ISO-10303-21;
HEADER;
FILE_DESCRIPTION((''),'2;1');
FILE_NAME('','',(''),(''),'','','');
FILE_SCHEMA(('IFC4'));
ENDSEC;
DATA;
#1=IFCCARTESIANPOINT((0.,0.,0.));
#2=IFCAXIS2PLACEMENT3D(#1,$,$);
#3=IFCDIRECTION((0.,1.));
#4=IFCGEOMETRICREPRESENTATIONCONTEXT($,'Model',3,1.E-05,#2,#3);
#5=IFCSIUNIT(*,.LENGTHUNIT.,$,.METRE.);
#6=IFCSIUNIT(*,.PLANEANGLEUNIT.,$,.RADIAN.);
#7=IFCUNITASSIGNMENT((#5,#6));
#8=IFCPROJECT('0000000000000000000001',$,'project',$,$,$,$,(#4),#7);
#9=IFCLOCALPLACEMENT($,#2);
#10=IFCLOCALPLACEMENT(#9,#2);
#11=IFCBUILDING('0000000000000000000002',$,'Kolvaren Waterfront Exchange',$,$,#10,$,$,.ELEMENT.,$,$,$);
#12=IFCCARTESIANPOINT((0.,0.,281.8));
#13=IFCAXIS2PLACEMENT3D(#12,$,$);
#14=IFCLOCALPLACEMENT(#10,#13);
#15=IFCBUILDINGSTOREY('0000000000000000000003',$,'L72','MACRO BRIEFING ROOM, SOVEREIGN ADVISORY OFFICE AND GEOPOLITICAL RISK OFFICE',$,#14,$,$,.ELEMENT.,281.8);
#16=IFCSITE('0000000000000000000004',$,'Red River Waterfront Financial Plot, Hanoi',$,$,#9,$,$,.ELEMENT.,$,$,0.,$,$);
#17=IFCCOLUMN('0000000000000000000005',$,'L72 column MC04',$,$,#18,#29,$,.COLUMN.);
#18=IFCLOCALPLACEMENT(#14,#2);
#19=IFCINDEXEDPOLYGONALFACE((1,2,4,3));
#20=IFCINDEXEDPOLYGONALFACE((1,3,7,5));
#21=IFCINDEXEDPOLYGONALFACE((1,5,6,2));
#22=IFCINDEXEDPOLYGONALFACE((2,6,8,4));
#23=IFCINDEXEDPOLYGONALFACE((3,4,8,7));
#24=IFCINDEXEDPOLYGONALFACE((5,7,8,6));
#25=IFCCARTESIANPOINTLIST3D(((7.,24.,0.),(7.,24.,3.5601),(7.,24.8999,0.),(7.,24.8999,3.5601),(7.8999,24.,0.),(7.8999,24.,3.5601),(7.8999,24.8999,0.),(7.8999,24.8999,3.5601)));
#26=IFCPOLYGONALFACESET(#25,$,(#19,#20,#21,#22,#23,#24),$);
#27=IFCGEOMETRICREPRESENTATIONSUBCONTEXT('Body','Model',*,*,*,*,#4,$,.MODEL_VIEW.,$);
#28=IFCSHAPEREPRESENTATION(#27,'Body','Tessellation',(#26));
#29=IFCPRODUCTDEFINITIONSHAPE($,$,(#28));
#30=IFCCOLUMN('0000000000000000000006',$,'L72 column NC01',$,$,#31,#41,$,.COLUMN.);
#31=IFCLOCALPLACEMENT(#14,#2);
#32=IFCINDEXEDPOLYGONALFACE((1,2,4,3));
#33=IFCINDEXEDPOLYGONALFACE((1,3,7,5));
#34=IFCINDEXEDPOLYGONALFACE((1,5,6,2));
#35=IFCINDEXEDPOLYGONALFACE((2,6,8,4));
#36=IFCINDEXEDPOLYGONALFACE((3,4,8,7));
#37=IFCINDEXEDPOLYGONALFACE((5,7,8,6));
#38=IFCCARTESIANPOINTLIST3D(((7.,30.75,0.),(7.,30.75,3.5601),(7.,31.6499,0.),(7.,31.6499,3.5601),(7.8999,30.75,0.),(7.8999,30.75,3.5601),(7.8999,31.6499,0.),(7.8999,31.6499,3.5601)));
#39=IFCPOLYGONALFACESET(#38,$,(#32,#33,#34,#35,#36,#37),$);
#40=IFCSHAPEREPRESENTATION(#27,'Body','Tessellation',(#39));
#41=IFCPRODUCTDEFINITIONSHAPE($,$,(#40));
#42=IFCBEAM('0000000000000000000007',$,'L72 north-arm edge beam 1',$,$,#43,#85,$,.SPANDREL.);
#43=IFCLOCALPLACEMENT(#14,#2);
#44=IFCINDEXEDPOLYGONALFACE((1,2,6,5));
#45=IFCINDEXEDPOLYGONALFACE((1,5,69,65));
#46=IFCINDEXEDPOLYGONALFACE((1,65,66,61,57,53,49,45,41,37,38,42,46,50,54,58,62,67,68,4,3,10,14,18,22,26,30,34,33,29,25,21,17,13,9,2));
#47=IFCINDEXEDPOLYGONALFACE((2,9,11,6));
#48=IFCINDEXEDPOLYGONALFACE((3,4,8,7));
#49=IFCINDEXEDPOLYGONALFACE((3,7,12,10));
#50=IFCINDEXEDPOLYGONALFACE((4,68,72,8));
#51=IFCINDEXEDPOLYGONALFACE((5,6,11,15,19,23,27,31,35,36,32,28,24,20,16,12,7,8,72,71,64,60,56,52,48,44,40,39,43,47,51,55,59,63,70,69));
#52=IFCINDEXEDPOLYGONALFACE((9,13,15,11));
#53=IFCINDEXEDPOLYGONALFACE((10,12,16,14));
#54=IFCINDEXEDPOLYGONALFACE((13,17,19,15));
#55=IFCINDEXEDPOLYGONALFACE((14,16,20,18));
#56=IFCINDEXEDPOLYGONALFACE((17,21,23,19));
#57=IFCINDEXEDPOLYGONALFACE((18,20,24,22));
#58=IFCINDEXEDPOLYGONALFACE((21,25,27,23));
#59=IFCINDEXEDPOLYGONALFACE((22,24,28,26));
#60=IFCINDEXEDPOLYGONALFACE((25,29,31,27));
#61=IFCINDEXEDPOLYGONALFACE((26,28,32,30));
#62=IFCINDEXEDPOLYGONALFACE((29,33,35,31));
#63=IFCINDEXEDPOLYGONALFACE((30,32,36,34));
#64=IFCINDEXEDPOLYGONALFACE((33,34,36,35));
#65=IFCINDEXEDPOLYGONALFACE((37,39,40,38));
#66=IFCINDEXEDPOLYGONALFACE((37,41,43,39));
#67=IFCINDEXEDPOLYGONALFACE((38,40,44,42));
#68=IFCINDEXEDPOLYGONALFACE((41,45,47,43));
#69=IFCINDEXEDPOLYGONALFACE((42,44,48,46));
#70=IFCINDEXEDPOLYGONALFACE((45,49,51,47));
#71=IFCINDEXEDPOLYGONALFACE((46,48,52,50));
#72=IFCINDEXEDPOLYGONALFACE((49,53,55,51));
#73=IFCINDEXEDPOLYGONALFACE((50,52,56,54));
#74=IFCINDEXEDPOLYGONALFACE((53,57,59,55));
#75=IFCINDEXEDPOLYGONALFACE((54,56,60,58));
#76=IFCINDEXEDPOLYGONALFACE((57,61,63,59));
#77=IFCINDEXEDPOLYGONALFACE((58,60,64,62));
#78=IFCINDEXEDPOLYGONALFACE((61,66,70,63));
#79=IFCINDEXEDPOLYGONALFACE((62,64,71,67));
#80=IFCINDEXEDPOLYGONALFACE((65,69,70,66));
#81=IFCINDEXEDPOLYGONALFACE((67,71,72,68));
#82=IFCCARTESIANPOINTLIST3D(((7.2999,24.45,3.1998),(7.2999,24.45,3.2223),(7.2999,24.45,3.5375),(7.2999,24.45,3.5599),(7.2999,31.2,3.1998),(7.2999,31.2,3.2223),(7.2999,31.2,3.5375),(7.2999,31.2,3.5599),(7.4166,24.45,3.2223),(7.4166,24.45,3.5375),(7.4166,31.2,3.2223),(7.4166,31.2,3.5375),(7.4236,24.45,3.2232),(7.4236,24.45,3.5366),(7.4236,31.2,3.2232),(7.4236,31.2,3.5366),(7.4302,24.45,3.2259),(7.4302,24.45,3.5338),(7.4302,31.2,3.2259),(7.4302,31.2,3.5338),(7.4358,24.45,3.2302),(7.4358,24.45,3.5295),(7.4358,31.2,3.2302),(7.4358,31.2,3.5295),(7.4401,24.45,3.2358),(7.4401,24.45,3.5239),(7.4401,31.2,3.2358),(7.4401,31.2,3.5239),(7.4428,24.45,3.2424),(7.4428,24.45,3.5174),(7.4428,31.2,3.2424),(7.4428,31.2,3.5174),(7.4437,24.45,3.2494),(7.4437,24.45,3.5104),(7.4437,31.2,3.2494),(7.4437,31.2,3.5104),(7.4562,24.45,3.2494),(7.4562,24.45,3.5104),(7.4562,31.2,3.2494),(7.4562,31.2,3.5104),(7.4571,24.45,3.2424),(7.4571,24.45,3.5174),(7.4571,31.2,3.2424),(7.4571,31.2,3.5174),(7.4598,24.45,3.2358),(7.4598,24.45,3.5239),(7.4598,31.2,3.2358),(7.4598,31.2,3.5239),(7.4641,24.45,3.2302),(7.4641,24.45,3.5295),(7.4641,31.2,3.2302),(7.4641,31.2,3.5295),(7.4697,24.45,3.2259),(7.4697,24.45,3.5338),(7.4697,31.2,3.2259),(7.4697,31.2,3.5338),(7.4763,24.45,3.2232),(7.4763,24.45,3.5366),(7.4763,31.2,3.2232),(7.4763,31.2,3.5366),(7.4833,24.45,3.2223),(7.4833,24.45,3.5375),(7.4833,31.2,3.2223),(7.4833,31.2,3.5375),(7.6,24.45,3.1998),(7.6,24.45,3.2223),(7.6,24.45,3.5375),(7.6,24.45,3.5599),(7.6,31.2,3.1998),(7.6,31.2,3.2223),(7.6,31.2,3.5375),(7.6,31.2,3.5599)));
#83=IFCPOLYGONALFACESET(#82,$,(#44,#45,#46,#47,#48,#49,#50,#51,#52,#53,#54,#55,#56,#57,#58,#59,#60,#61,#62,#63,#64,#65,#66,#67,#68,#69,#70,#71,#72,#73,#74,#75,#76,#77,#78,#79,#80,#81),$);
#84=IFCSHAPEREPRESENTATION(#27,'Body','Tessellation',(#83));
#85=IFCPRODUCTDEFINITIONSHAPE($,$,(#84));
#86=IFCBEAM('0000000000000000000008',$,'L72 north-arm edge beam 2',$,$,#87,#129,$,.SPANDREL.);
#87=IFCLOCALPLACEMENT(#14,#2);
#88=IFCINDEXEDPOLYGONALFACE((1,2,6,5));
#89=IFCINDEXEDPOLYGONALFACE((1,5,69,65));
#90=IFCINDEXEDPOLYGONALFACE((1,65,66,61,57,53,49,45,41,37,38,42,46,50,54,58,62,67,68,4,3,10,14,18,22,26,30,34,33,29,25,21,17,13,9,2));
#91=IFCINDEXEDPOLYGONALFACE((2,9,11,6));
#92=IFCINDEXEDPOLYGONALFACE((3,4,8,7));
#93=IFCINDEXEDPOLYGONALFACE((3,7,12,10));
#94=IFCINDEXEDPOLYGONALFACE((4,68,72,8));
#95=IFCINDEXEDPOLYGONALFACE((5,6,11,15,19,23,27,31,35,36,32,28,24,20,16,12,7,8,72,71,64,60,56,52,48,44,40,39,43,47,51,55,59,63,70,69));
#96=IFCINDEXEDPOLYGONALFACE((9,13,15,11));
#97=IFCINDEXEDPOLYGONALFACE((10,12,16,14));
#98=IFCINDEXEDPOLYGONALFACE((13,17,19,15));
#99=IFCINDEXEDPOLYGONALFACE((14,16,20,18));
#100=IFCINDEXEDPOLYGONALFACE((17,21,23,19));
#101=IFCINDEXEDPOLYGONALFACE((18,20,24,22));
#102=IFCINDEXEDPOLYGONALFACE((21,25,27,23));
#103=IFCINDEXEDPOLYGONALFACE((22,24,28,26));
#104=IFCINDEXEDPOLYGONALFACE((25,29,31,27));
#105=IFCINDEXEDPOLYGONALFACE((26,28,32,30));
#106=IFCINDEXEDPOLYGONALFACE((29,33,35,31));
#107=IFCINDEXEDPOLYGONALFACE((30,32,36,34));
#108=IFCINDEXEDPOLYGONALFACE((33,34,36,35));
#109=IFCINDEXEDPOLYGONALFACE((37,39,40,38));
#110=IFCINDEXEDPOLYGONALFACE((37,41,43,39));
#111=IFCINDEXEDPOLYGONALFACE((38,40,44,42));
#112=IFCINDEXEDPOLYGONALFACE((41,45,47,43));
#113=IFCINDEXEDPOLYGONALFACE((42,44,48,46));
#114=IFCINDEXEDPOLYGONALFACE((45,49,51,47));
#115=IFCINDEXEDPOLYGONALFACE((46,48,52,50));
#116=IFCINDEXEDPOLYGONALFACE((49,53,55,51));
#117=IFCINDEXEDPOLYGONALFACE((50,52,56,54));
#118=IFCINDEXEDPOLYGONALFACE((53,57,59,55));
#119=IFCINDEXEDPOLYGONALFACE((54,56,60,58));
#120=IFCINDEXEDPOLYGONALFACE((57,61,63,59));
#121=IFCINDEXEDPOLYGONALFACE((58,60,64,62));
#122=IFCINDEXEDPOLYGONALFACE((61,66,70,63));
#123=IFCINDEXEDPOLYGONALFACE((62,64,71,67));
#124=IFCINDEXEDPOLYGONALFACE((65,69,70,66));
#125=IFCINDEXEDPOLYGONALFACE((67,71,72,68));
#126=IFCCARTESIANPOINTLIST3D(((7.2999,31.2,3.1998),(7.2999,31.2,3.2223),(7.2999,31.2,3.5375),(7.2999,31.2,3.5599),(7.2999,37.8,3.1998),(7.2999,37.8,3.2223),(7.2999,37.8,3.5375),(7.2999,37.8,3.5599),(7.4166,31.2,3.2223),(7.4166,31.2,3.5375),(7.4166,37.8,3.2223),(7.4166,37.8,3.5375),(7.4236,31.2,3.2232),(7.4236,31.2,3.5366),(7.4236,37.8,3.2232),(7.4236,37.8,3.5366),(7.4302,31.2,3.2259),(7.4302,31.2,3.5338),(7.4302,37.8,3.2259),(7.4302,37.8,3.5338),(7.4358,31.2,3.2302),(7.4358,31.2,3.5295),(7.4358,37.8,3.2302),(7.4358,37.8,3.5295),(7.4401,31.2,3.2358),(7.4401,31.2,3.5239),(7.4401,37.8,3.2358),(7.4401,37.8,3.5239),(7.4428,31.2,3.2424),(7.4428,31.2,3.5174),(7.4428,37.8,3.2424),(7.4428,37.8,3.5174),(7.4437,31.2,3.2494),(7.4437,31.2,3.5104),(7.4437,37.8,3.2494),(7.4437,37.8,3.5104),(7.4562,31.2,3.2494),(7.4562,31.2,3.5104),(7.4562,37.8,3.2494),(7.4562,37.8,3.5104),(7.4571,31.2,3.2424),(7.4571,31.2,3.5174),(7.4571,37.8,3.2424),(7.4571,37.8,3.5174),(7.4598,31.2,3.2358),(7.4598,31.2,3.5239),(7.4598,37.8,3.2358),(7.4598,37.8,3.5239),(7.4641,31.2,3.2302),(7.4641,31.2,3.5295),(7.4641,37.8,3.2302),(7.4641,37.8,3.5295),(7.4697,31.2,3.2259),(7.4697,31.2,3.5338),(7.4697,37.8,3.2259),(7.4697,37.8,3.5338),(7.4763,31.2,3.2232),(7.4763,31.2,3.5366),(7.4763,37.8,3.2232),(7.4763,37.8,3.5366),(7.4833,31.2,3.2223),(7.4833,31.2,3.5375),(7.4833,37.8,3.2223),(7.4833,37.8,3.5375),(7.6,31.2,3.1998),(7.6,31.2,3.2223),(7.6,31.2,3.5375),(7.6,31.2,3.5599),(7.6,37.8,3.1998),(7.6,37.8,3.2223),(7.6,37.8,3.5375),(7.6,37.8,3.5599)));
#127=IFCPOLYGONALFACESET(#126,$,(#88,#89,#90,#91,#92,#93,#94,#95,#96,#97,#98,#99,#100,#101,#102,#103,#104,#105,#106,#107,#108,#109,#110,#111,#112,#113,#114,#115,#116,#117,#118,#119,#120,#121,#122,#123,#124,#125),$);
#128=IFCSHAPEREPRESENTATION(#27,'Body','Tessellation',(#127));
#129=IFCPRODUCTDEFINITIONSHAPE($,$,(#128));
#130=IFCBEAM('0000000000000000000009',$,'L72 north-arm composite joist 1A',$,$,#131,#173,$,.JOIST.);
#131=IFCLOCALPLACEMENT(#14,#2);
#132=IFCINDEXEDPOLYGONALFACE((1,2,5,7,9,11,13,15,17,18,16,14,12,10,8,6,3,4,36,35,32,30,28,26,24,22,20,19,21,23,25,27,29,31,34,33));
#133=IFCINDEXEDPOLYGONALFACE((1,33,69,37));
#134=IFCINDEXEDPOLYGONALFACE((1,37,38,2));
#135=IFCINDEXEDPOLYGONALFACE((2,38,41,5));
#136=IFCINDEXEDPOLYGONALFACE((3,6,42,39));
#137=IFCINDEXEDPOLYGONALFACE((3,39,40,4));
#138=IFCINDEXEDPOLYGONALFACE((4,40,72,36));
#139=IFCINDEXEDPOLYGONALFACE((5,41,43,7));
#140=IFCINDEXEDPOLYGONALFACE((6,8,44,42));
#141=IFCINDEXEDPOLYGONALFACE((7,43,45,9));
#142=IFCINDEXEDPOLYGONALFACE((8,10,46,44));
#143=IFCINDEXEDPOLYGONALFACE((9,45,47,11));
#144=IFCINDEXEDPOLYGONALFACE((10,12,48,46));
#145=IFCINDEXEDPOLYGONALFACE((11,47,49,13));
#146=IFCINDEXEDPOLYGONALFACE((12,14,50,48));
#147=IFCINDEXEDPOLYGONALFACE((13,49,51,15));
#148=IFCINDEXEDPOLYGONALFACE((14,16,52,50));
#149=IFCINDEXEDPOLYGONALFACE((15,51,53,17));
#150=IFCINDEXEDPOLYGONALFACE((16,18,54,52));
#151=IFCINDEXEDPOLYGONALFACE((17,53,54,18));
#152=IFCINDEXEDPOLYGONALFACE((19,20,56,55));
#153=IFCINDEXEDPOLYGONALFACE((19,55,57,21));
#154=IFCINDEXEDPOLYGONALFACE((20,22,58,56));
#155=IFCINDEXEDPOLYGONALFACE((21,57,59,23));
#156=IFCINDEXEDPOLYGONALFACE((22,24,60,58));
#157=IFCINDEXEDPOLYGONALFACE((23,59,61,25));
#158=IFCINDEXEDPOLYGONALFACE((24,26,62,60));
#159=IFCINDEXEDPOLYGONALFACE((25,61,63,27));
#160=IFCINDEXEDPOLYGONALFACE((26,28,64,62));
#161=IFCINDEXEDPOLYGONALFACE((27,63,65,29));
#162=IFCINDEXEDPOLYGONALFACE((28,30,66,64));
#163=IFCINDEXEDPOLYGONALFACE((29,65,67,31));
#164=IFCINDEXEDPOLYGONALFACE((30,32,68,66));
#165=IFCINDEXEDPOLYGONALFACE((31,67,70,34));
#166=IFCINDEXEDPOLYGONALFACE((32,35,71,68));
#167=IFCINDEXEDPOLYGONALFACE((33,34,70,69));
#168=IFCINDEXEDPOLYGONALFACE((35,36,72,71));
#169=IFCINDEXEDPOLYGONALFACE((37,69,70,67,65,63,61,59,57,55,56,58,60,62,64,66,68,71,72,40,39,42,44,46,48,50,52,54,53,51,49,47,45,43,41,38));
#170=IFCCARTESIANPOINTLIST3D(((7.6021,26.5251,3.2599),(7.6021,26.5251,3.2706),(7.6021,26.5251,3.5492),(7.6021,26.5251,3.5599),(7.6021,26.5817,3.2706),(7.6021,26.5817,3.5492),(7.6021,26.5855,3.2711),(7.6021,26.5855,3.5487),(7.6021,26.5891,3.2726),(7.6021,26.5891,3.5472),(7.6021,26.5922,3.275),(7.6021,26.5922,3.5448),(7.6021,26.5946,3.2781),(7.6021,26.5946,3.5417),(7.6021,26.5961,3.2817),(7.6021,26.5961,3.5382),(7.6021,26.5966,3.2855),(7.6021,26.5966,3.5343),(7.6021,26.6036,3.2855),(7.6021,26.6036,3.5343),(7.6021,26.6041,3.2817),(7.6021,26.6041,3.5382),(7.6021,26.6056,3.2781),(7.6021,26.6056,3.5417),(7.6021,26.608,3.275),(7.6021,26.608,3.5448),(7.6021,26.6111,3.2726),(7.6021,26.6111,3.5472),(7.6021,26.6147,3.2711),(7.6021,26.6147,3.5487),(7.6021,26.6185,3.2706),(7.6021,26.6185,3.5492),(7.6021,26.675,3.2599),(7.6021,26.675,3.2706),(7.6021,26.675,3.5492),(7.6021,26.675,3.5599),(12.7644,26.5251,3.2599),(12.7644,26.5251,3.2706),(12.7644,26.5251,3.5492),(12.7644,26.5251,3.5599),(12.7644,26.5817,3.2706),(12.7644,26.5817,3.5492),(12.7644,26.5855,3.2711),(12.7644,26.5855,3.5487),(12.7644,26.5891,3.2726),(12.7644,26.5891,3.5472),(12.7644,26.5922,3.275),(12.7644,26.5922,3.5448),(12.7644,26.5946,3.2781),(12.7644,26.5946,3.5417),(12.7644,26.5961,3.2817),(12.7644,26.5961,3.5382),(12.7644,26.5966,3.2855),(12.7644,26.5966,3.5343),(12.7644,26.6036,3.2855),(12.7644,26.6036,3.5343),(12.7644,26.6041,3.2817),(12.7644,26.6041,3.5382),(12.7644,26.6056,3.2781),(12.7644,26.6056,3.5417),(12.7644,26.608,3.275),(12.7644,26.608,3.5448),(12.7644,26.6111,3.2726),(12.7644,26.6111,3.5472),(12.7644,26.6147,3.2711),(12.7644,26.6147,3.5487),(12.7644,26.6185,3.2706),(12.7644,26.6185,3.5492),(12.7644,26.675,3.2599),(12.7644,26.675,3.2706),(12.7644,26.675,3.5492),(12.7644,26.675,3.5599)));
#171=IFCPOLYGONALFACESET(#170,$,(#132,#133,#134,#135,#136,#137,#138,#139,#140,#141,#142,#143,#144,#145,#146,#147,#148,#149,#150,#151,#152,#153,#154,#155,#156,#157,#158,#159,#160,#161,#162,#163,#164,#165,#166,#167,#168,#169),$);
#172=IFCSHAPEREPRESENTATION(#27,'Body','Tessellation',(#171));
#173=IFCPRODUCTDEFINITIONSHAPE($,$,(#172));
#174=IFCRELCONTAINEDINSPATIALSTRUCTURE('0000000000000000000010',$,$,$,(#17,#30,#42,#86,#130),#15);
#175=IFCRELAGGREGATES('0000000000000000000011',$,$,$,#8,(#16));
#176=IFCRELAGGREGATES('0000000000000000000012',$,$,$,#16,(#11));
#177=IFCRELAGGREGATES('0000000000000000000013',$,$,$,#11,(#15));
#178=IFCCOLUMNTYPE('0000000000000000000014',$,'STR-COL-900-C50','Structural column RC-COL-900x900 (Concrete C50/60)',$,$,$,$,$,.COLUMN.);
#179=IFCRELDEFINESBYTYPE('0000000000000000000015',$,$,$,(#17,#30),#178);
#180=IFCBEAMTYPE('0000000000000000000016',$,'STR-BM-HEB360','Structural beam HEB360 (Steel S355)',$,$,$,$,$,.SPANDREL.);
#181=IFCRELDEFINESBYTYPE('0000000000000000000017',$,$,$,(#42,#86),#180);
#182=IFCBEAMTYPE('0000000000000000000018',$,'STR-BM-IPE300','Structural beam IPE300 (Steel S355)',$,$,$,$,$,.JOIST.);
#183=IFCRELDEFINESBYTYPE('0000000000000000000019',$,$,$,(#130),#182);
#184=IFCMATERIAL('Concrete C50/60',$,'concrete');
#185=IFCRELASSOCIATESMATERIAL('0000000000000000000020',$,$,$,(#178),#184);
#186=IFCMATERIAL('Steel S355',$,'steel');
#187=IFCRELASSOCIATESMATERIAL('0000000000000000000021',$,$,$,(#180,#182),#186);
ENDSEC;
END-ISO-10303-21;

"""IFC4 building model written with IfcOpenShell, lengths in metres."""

from ifc_helpers import new_model, si_unit, direction, frame, origin, origin_2d, place, context, subcontext, project, spatial, rectangle, i_section, extrude, material, material_profile, profile_set, type_object, element, save


model = new_model("IFC4")

# Units and contexts
model_context = context("Model", 3, precision=1e-05, world=origin(), true_north=direction((0.0, 1.0)))
body_context = subcontext(model_context, "Body", "Model", "MODEL_VIEW")
ifc_project = project(units=[si_unit("LENGTHUNIT", "METRE"), si_unit("PLANEANGLEUNIT", "RADIAN")], contexts=[model_context])

# Site, building, storey
site_placement = place(None, origin())
site = spatial("IfcSite", under=ifc_project, at=site_placement, Name="Red River Waterfront Financial Plot, Hanoi", CompositionType="ELEMENT", RefElevation=0.0)
building_placement = place(site_placement, origin())
building = spatial("IfcBuilding", under=site, at=building_placement, Name="Kolvaren Waterfront Exchange", CompositionType="ELEMENT")
storey_placement = place(building_placement, frame((0.0, 0.0, 281.8)))
storey = spatial("IfcBuildingStorey", under=building, at=storey_placement, Name="L72", Description="MACRO BRIEFING ROOM, SOVEREIGN ADVISORY OFFICE AND GEOPOLITICAL RISK OFFICE", CompositionType="ELEMENT", Elevation=281.8)

# Columns
ifc_material_1 = material(Name="Concrete C50/60", Category="concrete")
ifc_material_profile_1 = material_profile(ifc_material_1, rectangle(XDim=0.8999, YDim=0.8999, at=origin_2d()), Name="RC-COL-900x900")
ifc_profile_set_1 = profile_set([ifc_material_profile_1], Name="Concrete C50/60")
column_type = type_object("IfcColumnType", Name="STR-COL-900-C50", Description="Structural column RC-COL-900x900 (Concrete C50/60)", PredefinedType="COLUMN", material=ifc_profile_set_1)
for number, where, z_axis, x_axis, name in (
    (1, (7.45, 24.45, 0.0), (0.0, 0.0, 1.0), (1.0, 0.0, 0.0), "L72 column MC04"),
    (2, (7.45, 31.2, 0.0), (0.0, 0.0, 1.0), (1.0, 0.0, 0.0), "L72 column NC01"),
):
    element("IfcColumn", number, at=place(storey_placement, frame(where, z_axis=z_axis, x_axis=x_axis)), inside=storey, type_object=column_type, Name=name, PredefinedType="COLUMN", context=body_context, shape_type="SweptSolid", body=[
        extrude(rectangle(XDim=0.8999, YDim=0.8999, at=origin_2d()), origin(), (0.0, 0.0, 1.0), 3.5601),
    ])

# Beams
ifc_material_2 = material(Name="Steel S355", Category="steel")
ifc_material_profile_2 = material_profile(ifc_material_2, i_section(OverallWidth=0.3, OverallDepth=0.3601, WebThickness=0.0125, FlangeThickness=0.0225, FilletRadius=0.0271, at=origin_2d()), Name="HEB360")
ifc_profile_set_2 = profile_set([ifc_material_profile_2], Name="Steel S355")
beam_type_1 = type_object("IfcBeamType", Name="STR-BM-HEB360", Description="Structural beam HEB360 (Steel S355)", PredefinedType="SPANDREL", material=ifc_profile_set_2)
beam_1_placement = place(storey_placement, frame((7.45, 24.45, 3.3799), z_axis=(0.0, 1.0, 0.0), x_axis=(-1.0, 0.0, 0.0)))
element("IfcBeam", 3, at=beam_1_placement, inside=storey, type_object=beam_type_1, Name="L72 north-arm edge beam 1", PredefinedType="SPANDREL", context=body_context, shape_type="SweptSolid", body=[
    extrude(i_section(OverallWidth=0.3, OverallDepth=0.3601, WebThickness=0.0125, FlangeThickness=0.0225, FilletRadius=0.0271, at=origin_2d()), origin(), (0.0, 0.0, 1.0), 6.75),
])
beam_2_placement = place(storey_placement, frame((7.45, 31.2, 3.3799), z_axis=(0.0, 1.0, 0.0), x_axis=(-1.0, 0.0, 0.0)))
element("IfcBeam", 4, at=beam_2_placement, inside=storey, type_object=beam_type_1, Name="L72 north-arm edge beam 2", PredefinedType="SPANDREL", context=body_context, shape_type="SweptSolid", body=[
    extrude(i_section(OverallWidth=0.3, OverallDepth=0.3601, WebThickness=0.0125, FlangeThickness=0.0225, FilletRadius=0.0271, at=origin_2d()), origin(), (0.0, 0.0, 1.0), 6.6001),
])
ifc_material_profile_3 = material_profile(ifc_material_2, i_section(OverallWidth=0.1499, OverallDepth=0.3, WebThickness=0.0071, FlangeThickness=0.0107, FilletRadius=0.0149, at=origin_2d()), Name="IPE300")
ifc_profile_set_3 = profile_set([ifc_material_profile_3], Name="Steel S355")
beam_type_2 = type_object("IfcBeamType", Name="STR-BM-IPE300", Description="Structural beam IPE300 (Steel S355)", PredefinedType="JOIST", material=ifc_profile_set_3)
for number, where, z_axis, x_axis, name in (
    (5, (7.6021, 26.6001, 3.4099), (1.0, 0.0, 0.0), (0.0, 1.0, 0.0), "L72 north-arm composite joist 1A"),
):
    element("IfcBeam", number, at=place(storey_placement, frame(where, z_axis=z_axis, x_axis=x_axis)), inside=storey, type_object=beam_type_2, Name=name, PredefinedType="JOIST", context=body_context, shape_type="SweptSolid", body=[
        extrude(i_section(OverallWidth=0.1499, OverallDepth=0.3, WebThickness=0.0071, FlangeThickness=0.0107, FilletRadius=0.0149, at=origin_2d()), origin(), (0.0, 0.0, 1.0), 5.1624),
    ])

save(model, "model.ifc")
